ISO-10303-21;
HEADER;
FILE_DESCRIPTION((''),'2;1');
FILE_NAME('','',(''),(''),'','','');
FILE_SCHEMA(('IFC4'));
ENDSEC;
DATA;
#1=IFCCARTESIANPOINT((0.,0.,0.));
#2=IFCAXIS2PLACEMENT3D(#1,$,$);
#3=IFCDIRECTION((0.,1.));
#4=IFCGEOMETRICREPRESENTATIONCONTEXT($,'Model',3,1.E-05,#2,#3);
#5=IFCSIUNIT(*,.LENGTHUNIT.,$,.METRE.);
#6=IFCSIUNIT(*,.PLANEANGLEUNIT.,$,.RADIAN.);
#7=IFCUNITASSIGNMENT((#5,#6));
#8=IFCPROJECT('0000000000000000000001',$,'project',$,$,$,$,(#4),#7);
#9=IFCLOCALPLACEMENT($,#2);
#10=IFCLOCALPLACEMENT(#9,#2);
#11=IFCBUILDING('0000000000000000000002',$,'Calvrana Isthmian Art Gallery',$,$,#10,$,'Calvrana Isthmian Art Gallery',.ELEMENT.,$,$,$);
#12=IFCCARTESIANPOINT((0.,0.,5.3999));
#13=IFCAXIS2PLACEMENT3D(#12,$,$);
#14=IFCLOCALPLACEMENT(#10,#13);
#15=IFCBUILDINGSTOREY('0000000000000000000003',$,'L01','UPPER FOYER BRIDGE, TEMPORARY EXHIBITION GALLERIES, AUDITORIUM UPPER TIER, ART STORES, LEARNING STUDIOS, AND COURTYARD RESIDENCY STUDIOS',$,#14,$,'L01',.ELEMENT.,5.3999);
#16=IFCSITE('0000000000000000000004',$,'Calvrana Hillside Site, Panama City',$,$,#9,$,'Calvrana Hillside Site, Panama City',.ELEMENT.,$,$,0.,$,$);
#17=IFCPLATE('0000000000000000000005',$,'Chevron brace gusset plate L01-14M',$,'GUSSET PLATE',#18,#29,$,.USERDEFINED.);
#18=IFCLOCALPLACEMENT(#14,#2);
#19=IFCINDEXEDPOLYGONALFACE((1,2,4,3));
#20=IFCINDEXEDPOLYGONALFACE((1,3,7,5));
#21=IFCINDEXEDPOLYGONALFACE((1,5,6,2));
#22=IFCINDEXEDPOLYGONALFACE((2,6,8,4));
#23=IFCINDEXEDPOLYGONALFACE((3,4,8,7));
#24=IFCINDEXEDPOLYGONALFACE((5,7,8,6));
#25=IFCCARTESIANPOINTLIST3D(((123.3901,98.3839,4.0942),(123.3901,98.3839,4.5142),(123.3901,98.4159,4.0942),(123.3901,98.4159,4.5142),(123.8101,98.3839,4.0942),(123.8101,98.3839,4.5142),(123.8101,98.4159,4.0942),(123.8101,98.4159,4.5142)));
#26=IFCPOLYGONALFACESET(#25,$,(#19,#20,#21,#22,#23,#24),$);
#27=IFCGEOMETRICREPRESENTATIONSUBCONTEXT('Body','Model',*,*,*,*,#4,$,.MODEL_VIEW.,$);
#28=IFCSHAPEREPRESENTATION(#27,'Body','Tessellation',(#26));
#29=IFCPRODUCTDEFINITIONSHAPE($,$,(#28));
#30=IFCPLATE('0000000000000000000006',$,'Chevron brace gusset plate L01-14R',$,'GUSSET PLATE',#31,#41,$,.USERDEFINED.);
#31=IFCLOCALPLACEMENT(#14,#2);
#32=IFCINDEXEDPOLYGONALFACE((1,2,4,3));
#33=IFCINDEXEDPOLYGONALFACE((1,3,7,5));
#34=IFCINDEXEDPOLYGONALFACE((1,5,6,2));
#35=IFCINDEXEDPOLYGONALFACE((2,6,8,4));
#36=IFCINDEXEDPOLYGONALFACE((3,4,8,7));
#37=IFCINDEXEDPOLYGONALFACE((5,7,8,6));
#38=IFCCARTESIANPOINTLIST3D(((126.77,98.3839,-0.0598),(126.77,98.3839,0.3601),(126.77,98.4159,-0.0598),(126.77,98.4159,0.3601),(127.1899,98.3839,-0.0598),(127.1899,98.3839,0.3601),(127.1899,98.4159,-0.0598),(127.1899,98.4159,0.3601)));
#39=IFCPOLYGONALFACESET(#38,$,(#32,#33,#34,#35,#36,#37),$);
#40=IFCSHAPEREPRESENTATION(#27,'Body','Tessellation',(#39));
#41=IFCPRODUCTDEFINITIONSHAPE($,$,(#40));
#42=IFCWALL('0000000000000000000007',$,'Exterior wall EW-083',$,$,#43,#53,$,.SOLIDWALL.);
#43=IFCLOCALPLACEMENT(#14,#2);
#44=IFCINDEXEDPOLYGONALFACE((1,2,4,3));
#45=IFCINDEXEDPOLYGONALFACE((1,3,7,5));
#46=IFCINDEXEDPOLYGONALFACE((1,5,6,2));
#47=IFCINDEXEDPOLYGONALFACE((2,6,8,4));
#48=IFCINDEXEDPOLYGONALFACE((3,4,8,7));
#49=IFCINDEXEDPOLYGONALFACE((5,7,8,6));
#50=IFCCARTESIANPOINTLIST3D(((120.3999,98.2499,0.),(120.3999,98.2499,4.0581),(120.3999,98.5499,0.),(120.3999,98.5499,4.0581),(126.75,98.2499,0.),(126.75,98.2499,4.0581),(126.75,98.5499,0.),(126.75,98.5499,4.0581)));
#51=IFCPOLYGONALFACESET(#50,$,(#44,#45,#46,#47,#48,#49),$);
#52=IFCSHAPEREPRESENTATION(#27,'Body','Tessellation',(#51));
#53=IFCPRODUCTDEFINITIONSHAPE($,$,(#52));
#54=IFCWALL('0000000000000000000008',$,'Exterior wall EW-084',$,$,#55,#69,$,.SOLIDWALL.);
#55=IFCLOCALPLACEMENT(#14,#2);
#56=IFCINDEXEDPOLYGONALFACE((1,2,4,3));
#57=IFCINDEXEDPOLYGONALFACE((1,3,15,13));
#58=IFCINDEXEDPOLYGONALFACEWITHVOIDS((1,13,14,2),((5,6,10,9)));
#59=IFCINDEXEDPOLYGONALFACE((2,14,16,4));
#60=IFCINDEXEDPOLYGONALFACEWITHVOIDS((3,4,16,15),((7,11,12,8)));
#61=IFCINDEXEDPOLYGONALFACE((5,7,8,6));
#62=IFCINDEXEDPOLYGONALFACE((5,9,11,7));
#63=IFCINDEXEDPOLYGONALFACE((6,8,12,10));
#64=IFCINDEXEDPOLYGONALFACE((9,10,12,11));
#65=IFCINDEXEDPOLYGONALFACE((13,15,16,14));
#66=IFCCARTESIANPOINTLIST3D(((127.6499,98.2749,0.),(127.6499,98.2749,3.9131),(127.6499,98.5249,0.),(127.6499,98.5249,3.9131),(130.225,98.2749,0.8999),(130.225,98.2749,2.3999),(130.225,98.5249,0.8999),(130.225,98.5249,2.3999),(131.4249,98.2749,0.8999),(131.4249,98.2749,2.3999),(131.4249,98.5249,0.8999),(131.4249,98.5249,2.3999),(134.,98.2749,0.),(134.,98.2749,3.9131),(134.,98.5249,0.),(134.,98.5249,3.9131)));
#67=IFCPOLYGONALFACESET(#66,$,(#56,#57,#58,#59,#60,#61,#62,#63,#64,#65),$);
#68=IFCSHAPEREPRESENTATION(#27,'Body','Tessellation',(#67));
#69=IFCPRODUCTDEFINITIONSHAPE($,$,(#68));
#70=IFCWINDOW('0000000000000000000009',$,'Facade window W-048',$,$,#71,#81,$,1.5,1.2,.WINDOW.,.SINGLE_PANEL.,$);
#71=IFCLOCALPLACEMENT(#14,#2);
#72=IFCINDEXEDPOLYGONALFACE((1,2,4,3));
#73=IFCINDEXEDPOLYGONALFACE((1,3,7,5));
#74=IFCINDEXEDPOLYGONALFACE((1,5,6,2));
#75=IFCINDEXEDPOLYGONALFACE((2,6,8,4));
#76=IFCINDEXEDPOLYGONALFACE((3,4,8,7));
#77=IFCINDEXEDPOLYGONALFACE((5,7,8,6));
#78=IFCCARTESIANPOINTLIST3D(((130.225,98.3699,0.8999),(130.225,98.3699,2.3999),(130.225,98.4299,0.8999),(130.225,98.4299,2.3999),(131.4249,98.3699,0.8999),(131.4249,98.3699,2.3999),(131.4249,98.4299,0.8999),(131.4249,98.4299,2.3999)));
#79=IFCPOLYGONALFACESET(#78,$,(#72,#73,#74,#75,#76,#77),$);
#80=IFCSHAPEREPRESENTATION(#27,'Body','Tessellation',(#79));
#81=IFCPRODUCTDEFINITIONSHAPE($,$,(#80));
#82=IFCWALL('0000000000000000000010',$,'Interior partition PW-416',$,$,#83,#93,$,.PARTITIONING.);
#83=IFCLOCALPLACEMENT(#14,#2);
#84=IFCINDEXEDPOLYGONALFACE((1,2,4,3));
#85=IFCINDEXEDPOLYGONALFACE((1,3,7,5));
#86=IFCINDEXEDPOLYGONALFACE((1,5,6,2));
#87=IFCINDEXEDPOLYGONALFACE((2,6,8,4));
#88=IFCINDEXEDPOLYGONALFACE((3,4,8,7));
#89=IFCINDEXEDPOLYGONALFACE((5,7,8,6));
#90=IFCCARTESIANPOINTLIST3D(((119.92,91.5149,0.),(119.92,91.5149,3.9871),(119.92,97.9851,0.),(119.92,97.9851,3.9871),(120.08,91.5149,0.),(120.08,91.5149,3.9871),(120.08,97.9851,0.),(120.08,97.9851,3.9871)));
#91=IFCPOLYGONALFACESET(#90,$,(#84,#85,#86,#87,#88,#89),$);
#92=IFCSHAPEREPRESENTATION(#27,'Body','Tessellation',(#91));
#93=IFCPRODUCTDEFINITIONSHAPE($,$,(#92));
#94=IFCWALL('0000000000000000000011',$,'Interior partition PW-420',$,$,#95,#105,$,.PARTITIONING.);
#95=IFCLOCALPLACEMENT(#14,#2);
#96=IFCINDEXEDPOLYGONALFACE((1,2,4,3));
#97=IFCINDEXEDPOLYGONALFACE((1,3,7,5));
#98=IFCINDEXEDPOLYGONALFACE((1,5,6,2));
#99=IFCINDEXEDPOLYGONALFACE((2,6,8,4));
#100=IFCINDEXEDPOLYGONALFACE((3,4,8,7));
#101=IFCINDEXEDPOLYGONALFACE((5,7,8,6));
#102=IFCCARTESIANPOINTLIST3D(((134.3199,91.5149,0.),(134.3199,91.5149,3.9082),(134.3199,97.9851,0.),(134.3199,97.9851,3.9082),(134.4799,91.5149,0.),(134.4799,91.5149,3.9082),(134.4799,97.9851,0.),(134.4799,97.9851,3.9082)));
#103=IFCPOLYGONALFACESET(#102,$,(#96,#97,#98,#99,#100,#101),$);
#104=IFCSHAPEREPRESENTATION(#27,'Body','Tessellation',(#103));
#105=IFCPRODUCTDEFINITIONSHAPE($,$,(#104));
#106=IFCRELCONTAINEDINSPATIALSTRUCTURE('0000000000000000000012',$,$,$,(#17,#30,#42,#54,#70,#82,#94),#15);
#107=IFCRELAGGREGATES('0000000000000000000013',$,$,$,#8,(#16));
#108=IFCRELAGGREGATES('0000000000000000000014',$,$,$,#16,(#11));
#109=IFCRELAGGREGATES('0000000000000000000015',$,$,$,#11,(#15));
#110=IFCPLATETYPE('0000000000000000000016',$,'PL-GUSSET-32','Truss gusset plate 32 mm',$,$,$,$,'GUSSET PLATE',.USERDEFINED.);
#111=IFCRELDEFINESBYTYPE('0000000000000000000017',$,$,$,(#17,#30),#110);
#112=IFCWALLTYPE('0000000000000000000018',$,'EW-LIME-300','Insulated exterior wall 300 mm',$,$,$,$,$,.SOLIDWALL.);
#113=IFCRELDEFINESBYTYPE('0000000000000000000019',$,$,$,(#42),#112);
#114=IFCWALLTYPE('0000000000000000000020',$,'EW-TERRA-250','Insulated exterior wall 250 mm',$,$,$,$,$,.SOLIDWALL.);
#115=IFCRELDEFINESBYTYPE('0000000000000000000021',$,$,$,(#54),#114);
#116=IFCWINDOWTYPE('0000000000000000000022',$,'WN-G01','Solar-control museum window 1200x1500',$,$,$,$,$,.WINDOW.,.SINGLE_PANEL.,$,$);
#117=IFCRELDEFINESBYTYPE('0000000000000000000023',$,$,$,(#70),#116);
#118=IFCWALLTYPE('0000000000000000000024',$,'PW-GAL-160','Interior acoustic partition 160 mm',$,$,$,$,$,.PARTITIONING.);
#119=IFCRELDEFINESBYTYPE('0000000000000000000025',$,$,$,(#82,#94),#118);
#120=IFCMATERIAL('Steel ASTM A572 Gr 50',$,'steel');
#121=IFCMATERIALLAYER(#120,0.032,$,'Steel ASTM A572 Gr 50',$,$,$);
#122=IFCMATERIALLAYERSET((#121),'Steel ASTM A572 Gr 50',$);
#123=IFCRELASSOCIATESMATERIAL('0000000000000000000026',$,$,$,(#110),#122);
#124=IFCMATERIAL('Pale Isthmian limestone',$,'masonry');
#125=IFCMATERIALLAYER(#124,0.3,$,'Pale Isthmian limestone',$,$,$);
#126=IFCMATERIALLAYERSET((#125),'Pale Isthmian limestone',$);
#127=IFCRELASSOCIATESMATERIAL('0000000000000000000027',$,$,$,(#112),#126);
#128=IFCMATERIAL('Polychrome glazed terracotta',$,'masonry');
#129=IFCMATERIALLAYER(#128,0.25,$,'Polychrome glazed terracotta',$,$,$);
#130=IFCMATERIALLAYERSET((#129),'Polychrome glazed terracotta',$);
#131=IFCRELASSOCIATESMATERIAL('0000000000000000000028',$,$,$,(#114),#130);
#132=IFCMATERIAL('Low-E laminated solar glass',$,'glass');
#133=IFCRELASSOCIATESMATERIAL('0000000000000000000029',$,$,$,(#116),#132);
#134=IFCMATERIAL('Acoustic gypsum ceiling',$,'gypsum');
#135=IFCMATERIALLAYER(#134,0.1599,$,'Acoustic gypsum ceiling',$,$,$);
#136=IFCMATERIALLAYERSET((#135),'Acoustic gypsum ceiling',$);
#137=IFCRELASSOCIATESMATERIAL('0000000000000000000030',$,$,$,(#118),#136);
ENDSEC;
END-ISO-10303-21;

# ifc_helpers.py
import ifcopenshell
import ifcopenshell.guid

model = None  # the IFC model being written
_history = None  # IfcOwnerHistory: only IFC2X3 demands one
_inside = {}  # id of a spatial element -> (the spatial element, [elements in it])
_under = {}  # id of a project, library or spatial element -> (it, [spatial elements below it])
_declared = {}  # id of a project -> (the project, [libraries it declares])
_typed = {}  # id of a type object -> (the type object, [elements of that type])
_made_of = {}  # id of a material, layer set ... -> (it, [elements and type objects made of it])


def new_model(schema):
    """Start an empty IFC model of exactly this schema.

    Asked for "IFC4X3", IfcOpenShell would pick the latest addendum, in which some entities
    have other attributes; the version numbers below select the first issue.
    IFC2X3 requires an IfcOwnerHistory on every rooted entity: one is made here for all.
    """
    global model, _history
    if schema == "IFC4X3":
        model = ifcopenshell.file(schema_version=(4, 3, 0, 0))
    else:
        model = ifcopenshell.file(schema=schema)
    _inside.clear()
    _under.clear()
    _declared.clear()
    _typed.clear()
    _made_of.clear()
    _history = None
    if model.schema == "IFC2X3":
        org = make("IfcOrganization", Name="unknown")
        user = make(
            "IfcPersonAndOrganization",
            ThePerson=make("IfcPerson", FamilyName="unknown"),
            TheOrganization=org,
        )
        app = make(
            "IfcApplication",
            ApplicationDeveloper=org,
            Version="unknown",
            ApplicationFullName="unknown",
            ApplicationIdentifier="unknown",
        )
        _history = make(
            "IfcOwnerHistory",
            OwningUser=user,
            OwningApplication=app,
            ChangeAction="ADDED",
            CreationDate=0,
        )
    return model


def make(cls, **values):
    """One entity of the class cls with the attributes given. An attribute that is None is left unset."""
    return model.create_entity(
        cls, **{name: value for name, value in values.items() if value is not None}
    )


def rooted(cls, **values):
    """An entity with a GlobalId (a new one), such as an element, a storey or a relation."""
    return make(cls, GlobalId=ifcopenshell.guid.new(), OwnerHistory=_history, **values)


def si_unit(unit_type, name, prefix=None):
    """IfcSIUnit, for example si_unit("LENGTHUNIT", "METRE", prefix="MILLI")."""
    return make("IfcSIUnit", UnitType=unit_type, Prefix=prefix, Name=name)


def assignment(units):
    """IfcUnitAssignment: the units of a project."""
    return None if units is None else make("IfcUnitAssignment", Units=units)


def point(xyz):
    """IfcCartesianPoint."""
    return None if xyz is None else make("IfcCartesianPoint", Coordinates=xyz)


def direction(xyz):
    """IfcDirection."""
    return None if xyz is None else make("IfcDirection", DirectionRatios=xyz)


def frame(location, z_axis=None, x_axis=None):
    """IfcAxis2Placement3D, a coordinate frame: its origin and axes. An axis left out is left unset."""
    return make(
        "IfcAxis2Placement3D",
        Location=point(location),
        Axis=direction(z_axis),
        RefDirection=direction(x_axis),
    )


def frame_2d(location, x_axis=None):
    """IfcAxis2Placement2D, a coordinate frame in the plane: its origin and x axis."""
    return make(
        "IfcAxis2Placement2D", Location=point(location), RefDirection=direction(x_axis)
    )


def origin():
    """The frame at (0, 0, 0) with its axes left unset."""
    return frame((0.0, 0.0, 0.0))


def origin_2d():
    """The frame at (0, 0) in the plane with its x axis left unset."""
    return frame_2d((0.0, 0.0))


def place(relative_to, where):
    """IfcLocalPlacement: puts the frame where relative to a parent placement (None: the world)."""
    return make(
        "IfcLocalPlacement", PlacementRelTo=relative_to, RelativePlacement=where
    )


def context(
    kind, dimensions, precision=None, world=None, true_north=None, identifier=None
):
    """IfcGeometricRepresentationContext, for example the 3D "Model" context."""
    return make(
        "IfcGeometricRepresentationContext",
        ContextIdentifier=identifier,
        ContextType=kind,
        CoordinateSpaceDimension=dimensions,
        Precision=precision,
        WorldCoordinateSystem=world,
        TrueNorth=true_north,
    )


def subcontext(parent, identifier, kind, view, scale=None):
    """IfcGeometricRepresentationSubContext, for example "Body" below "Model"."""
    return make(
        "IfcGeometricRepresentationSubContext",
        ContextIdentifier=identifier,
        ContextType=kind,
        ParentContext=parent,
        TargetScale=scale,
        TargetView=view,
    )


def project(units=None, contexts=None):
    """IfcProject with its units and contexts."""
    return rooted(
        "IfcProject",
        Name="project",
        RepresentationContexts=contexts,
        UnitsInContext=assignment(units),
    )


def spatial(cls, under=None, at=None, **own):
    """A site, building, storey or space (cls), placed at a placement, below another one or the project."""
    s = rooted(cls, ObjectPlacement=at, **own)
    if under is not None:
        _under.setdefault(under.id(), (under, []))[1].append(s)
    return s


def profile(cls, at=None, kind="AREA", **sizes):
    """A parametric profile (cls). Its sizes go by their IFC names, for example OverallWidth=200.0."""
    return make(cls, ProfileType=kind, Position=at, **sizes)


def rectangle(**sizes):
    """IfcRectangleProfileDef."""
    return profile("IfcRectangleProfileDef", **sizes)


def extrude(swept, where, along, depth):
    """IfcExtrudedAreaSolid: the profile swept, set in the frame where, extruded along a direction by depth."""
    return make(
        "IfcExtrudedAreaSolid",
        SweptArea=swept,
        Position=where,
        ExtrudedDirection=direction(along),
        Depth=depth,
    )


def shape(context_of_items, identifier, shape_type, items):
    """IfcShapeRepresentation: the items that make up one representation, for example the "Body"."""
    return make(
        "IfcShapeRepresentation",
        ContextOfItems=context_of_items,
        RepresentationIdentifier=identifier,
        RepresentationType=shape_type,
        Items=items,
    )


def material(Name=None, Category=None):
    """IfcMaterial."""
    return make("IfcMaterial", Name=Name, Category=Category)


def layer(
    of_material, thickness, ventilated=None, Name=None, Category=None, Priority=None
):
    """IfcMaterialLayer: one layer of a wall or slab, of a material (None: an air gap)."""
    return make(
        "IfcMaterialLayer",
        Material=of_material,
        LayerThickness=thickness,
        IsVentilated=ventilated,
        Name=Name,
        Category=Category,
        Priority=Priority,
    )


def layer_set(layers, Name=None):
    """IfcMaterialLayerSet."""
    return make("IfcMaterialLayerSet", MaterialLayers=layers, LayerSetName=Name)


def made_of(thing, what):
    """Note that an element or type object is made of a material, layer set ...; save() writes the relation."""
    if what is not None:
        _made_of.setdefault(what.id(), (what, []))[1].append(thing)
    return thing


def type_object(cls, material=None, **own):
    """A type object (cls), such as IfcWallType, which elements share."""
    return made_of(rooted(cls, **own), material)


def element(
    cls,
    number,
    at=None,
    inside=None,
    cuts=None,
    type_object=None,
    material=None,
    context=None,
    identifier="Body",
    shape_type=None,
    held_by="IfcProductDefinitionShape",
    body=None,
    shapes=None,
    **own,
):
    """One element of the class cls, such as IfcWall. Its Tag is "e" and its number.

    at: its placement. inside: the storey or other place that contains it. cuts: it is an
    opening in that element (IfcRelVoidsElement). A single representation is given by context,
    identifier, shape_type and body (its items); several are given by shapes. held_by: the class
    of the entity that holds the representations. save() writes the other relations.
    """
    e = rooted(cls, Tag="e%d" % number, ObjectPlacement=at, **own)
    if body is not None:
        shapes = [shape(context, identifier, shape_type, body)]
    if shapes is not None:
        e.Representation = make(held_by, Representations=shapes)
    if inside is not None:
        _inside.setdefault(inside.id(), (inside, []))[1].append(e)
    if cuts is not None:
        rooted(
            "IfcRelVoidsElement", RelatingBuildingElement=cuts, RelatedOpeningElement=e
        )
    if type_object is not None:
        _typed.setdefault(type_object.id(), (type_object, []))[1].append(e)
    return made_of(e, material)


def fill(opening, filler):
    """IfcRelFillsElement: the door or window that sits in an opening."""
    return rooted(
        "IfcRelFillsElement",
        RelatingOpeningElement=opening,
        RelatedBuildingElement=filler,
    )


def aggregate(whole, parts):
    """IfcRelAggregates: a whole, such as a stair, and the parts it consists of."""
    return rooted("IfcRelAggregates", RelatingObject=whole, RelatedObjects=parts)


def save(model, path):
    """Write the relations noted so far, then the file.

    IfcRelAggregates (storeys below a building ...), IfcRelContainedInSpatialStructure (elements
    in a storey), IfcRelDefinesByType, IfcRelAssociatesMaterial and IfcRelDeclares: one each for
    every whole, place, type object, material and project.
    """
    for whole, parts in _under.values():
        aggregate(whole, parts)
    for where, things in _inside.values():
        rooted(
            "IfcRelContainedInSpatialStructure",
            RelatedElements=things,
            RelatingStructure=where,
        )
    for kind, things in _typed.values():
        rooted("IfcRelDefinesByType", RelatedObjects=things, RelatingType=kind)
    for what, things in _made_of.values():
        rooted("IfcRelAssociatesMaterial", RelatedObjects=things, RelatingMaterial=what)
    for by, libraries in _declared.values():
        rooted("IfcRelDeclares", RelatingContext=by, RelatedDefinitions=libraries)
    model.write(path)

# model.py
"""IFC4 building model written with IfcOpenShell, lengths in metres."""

from ifc_helpers import new_model, si_unit, direction, frame, frame_2d, origin, origin_2d, place, context, subcontext, project, spatial, rectangle, extrude, material, layer, layer_set, type_object, element, fill, save


model = new_model("IFC4")

# Units and contexts
model_context = context("Model", 3, precision=1e-05, world=origin(), true_north=direction((0.0, 1.0)))
body_context = subcontext(model_context, "Body", "Model", "MODEL_VIEW")
ifc_project = project(units=[si_unit("LENGTHUNIT", "METRE"), si_unit("PLANEANGLEUNIT", "RADIAN")], contexts=[model_context])

# Site, building, storey
site_placement = place(None, origin())
site = spatial("IfcSite", under=ifc_project, at=site_placement, Name="Calvrana Hillside Site, Panama City", LongName="Calvrana Hillside Site, Panama City", CompositionType="ELEMENT", RefElevation=0.0)
building_placement = place(site_placement, origin())
building = spatial("IfcBuilding", under=site, at=building_placement, Name="Calvrana Isthmian Art Gallery", LongName="Calvrana Isthmian Art Gallery", CompositionType="ELEMENT")
storey_placement = place(building_placement, frame((0.0, 0.0, 5.3999)))
storey = spatial("IfcBuildingStorey", under=building, at=storey_placement, Name="L01", Description="UPPER FOYER BRIDGE, TEMPORARY EXHIBITION GALLERIES, AUDITORIUM UPPER TIER, ART STORES, LEARNING STUDIOS, AND COURTYARD RESIDENCY STUDIOS", LongName="L01", CompositionType="ELEMENT", Elevation=5.3999)

# Plates
ifc_material_1 = material(Name="Steel ASTM A572 Gr 50", Category="steel")
ifc_layer_1 = layer(ifc_material_1, 0.032, Name="Steel ASTM A572 Gr 50")
ifc_layer_set_1 = layer_set([ifc_layer_1], Name="Steel ASTM A572 Gr 50")
plate_type = type_object("IfcPlateType", Name="PL-GUSSET-32", Description="Truss gusset plate 32 mm", ElementType="GUSSET PLATE", PredefinedType="USERDEFINED", material=ifc_layer_set_1)
for number, where, z_axis, x_axis, name in (
    (1, (123.6001, 98.3999, 4.0942), (0.0, 0.0, 1.0), (1.0, 0.0, 0.0), "Chevron brace gusset plate L01-14M"),
    (2, (126.98, 98.3999, -0.0598), (0.0, 0.0, 1.0), (1.0, 0.0, 0.0), "Chevron brace gusset plate L01-14R"),
):
    element("IfcPlate", number, at=place(storey_placement, frame(where, z_axis=z_axis, x_axis=x_axis)), inside=storey, type_object=plate_type, Name=name, ObjectType="GUSSET PLATE", PredefinedType="USERDEFINED", context=body_context, shape_type="SweptSolid", body=[
        extrude(rectangle(XDim=0.4199, YDim=0.032, at=origin_2d()), origin(), (0.0, 0.0, 1.0), 0.4199),
    ])

# Wall
ifc_material_2 = material(Name="Pale Isthmian limestone", Category="masonry")
ifc_layer_2 = layer(ifc_material_2, 0.3, Name="Pale Isthmian limestone")
ifc_layer_set_2 = layer_set([ifc_layer_2], Name="Pale Isthmian limestone")
wall_type_1 = type_object("IfcWallType", Name="EW-LIME-300", Description="Insulated exterior wall 300 mm", PredefinedType="SOLIDWALL", material=ifc_layer_set_2)
wall_1_placement = place(storey_placement, frame((120.3999, 98.3999, 0.0), z_axis=(0.0, 0.0, 1.0), x_axis=(1.0, 0.0, 0.0)))
element("IfcWall", 3, at=wall_1_placement, inside=storey, type_object=wall_type_1, Name="Exterior wall EW-083", PredefinedType="SOLIDWALL", context=body_context, shape_type="SweptSolid", body=[
    extrude(rectangle(XDim=6.3501, YDim=0.3, at=frame_2d((3.175, 0.0))), origin(), (0.0, 0.0, 1.0), 4.0581),
])

# Wall, opening, window
ifc_material_3 = material(Name="Polychrome glazed terracotta", Category="masonry")
ifc_layer_3 = layer(ifc_material_3, 0.25, Name="Polychrome glazed terracotta")
ifc_layer_set_3 = layer_set([ifc_layer_3], Name="Polychrome glazed terracotta")
wall_type_2 = type_object("IfcWallType", Name="EW-TERRA-250", Description="Insulated exterior wall 250 mm", PredefinedType="SOLIDWALL", material=ifc_layer_set_3)
wall_2_placement = place(storey_placement, frame((127.6499, 98.3999, 0.0), z_axis=(0.0, 0.0, 1.0), x_axis=(1.0, 0.0, 0.0)))
wall_2 = element("IfcWall", 4, at=wall_2_placement, inside=storey, type_object=wall_type_2, Name="Exterior wall EW-084", PredefinedType="SOLIDWALL", context=body_context, shape_type="SweptSolid", body=[
    extrude(rectangle(XDim=6.3501, YDim=0.25, at=frame_2d((3.175, 0.0))), origin(), (0.0, 0.0, 1.0), 3.9131),
])
opening_placement = place(wall_2_placement, frame((2.575, 0.0, 0.8999)))
opening = element("IfcOpeningElement", 5, at=opening_placement, cuts=wall_2, PredefinedType="OPENING", context=body_context, shape_type="SweptSolid", body=[
    extrude(rectangle(XDim=1.2, YDim=1.5, at=frame_2d((0.6001, 0.75))), frame((0.0, 0.1353, 0.0), z_axis=(0.0, -1.0, 0.0), x_axis=(1.0, 0.0, 0.0)), (0.0, 0.0, 1.0), 0.2705),
])
ifc_material_4 = material(Name="Low-E laminated solar glass", Category="glass")
window_type = type_object("IfcWindowType", Name="WN-G01", Description="Solar-control museum window 1200x1500", PartitioningType="SINGLE_PANEL", PredefinedType="WINDOW", material=ifc_material_4)
window_placement = place(opening_placement, origin())
window = element("IfcWindow", 6, at=window_placement, inside=storey, type_object=window_type, Name="Facade window W-048", OverallHeight=1.5, OverallWidth=1.2, PartitioningType="SINGLE_PANEL", PredefinedType="WINDOW", context=body_context, shape_type="SweptSolid", body=[
    extrude(rectangle(XDim=1.2, YDim=1.5, at=frame_2d((0.6001, 0.75))), frame((0.0, 0.03, 0.0), z_axis=(0.0, -1.0, 0.0), x_axis=(1.0, 0.0, 0.0)), (0.0, 0.0, 1.0), 0.0601),
])
fill(opening, window)

# Walls
ifc_material_5 = material(Name="Acoustic gypsum ceiling", Category="gypsum")
ifc_layer_4 = layer(ifc_material_5, 0.1599, Name="Acoustic gypsum ceiling")
ifc_layer_set_4 = layer_set([ifc_layer_4], Name="Acoustic gypsum ceiling")
wall_type_3 = type_object("IfcWallType", Name="PW-GAL-160", Description="Interior acoustic partition 160 mm", PredefinedType="PARTITIONING", material=ifc_layer_set_4)
wall_3_placement = place(storey_placement, frame((120.0, 91.5149, 0.0), z_axis=(0.0, 0.0, 1.0), x_axis=(0.0, 1.0, 0.0)))
element("IfcWall", 7, at=wall_3_placement, inside=storey, type_object=wall_type_3, Name="Interior partition PW-416", PredefinedType="PARTITIONING", context=body_context, shape_type="SweptSolid", body=[
    extrude(rectangle(XDim=6.4702, YDim=0.1599, at=frame_2d((3.2351, 0.0))), origin(), (0.0, 0.0, 1.0), 3.9871),
])
wall_4_placement = place(storey_placement, frame((134.3999, 91.5149, 0.0), z_axis=(0.0, 0.0, 1.0), x_axis=(0.0, 1.0, 0.0)))
element("IfcWall", 8, at=wall_4_placement, inside=storey, type_object=wall_type_3, Name="Interior partition PW-420", PredefinedType="PARTITIONING", context=body_context, shape_type="SweptSolid", body=[
    extrude(rectangle(XDim=6.4702, YDim=0.1599, at=frame_2d((3.2351, 0.0))), origin(), (0.0, 0.0, 1.0), 3.9082),
])

save(model, "model.ifc")
